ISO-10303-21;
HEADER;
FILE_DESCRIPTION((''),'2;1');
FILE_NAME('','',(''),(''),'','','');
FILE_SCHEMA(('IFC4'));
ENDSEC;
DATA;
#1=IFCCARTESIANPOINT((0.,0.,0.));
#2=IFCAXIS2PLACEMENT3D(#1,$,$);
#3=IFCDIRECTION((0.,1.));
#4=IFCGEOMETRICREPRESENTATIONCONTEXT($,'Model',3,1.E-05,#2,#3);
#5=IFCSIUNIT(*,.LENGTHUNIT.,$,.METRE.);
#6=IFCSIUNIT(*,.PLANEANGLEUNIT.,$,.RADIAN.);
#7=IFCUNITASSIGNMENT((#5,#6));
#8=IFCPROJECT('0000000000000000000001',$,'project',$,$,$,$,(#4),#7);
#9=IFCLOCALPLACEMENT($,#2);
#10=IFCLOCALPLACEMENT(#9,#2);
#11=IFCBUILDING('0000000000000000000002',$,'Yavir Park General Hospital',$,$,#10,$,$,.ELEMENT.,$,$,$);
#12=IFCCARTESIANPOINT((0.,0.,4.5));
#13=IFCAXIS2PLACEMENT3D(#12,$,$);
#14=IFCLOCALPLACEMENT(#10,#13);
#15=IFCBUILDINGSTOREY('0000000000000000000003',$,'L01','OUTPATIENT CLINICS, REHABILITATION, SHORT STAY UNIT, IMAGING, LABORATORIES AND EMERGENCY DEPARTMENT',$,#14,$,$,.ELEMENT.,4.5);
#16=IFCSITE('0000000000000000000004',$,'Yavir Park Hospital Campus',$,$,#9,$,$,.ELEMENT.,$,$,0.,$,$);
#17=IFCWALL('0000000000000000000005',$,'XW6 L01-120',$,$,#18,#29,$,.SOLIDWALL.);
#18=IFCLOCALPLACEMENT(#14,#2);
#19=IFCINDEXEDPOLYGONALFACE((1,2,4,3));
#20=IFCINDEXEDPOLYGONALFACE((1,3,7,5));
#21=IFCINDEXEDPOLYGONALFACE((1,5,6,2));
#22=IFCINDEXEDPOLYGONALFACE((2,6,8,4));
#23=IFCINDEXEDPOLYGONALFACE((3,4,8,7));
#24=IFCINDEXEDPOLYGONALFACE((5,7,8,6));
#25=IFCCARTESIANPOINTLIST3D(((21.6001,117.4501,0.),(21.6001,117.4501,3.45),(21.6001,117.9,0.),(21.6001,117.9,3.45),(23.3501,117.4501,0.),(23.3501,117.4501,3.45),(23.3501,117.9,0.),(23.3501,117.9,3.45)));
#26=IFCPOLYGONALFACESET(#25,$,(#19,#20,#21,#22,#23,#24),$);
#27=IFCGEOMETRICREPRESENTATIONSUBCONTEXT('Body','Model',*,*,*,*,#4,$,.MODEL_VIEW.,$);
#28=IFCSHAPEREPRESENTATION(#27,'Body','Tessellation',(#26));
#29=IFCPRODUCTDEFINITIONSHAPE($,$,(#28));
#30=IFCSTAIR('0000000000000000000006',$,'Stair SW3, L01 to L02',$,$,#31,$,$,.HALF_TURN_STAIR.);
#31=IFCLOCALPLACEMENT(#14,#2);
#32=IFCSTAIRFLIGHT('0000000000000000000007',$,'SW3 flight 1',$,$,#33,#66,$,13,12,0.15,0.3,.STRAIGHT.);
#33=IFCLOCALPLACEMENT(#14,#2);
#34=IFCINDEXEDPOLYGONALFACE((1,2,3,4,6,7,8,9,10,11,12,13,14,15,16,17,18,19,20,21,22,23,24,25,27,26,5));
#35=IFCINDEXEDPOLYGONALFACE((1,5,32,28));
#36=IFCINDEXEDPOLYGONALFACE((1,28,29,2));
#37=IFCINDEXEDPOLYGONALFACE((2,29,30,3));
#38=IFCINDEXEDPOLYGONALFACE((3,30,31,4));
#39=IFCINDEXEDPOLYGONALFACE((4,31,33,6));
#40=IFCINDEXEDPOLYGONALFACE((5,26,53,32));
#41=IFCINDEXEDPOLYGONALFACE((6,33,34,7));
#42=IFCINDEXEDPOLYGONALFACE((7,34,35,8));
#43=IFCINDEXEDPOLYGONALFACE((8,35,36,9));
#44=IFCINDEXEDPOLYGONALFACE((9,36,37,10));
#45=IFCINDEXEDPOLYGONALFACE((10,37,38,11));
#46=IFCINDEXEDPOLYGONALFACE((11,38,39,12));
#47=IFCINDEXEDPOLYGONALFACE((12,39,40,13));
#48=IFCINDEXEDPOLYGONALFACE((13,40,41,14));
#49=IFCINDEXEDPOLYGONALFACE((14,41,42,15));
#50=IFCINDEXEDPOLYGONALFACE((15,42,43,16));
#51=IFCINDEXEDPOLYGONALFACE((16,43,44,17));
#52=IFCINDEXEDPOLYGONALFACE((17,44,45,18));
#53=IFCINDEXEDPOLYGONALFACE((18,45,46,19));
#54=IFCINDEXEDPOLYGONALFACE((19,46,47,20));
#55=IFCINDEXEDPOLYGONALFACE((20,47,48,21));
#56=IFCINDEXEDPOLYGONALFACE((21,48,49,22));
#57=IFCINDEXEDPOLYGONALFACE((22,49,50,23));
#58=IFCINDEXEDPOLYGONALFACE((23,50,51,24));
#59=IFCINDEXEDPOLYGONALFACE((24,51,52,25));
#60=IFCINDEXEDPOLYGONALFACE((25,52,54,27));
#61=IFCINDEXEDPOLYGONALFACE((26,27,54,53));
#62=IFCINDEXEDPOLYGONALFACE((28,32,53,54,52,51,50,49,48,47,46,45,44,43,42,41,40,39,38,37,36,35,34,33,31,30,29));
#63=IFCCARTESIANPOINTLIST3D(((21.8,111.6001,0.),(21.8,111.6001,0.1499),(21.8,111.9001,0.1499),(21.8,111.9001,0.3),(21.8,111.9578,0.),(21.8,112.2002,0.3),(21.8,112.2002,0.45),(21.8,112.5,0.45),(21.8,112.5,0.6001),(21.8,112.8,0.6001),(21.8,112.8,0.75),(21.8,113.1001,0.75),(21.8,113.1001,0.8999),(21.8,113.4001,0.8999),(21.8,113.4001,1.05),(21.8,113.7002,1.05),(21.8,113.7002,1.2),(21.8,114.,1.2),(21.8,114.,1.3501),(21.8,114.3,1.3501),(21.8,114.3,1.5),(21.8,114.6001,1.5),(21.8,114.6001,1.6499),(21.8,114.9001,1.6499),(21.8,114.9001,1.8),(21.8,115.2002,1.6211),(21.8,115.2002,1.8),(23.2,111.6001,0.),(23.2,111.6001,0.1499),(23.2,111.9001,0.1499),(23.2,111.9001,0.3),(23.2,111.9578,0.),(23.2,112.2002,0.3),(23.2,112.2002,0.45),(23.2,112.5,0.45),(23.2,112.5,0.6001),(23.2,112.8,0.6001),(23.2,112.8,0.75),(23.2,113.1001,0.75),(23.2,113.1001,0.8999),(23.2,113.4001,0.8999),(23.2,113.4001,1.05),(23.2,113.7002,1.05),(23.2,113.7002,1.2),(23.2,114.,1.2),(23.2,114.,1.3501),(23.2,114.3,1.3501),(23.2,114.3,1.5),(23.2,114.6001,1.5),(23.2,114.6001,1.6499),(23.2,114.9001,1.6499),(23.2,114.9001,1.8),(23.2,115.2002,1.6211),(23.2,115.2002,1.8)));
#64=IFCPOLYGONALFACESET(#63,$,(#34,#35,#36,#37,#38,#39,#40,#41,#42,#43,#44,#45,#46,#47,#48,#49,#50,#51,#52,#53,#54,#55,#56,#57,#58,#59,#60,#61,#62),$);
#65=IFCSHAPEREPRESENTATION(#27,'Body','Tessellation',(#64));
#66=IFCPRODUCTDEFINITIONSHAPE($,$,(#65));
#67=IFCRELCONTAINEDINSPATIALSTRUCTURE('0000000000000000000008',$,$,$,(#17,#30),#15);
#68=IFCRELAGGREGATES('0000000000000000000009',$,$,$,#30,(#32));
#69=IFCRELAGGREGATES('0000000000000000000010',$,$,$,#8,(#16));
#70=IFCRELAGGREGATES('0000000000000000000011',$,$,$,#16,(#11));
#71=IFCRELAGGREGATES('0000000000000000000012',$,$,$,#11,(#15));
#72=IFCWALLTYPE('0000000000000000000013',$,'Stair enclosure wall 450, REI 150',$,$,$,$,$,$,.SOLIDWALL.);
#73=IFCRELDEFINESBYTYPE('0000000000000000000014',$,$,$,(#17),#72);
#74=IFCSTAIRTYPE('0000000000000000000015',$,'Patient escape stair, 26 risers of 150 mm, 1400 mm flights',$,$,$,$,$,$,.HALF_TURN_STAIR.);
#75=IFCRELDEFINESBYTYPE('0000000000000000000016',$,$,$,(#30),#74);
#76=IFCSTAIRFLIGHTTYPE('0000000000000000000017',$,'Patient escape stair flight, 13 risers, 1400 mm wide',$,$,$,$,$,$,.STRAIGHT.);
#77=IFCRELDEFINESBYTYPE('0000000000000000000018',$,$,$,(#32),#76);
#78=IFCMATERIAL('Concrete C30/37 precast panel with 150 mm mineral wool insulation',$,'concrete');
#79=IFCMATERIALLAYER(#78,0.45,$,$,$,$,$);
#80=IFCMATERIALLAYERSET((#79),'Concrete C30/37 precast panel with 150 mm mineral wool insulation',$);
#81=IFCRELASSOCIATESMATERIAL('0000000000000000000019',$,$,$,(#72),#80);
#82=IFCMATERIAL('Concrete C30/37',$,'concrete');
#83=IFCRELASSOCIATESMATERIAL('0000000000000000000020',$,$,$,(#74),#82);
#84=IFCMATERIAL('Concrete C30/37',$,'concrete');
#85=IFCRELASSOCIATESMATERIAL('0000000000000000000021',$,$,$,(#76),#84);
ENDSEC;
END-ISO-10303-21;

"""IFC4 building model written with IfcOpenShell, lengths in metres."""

from ifc_helpers import new_model, si_unit, direction, frame, frame_2d, origin, place, context, subcontext, project, spatial, polyline, rectangle, outline, extrude, material, layer, layer_set, type_object, element, aggregate, save


model = new_model("IFC4")

# Units and contexts
model_context = context("Model", 3, precision=1e-05, world=origin(), true_north=direction((0.0, 1.0)))
body_context = subcontext(model_context, "Body", "Model", "MODEL_VIEW")
ifc_project = project(units=[si_unit("LENGTHUNIT", "METRE"), si_unit("PLANEANGLEUNIT", "RADIAN")], contexts=[model_context])

# Site, building, storey
site_placement = place(None, origin())
site = spatial("IfcSite", under=ifc_project, at=site_placement, Name="Yavir Park Hospital Campus", CompositionType="ELEMENT", RefElevation=0.0)
building_placement = place(site_placement, origin())
building = spatial("IfcBuilding", under=site, at=building_placement, Name="Yavir Park General Hospital", CompositionType="ELEMENT")
storey_placement = place(building_placement, frame((0.0, 0.0, 4.5)))
storey = spatial("IfcBuildingStorey", under=building, at=storey_placement, Name="L01", Description="OUTPATIENT CLINICS, REHABILITATION, SHORT STAY UNIT, IMAGING, LABORATORIES AND EMERGENCY DEPARTMENT", CompositionType="ELEMENT", Elevation=4.5)

# Wall
ifc_material_1 = material(Name="Concrete C30/37 precast panel with 150 mm mineral wool insulation", Category="concrete")
ifc_layer_1 = layer(ifc_material_1, 0.45)
ifc_layer_set_1 = layer_set([ifc_layer_1], Name="Concrete C30/37 precast panel with 150 mm mineral wool insulation")
wall_type_1 = type_object("IfcWallType", Name="Stair enclosure wall 450, REI 150", PredefinedType="SOLIDWALL", material=ifc_layer_set_1)
wall_1_placement = place(storey_placement, frame((21.6001, 117.675, 0.0), z_axis=(0.0, 0.0, 1.0), x_axis=(1.0, 0.0, 0.0)))
element("IfcWall", 1, at=wall_1_placement, inside=storey, type_object=wall_type_1, Name="XW6 L01-120", PredefinedType="SOLIDWALL", context=body_context, shape_type="SweptSolid", body=[
    extrude(rectangle(XDim=1.75, YDim=0.45, at=frame_2d((0.875, 0.0))), origin(), (0.0, 0.0, 1.0), 3.45),
])

# Stair, stair flight
ifc_material_2 = material(Name="Concrete C30/37", Category="concrete")
stair_type = type_object("IfcStairType", Name="Patient escape stair, 26 risers of 150 mm, 1400 mm flights", PredefinedType="HALF_TURN_STAIR", material=ifc_material_2)
stair_placement = place(storey_placement, origin())
stair = element("IfcStair", 2, at=stair_placement, inside=storey, type_object=stair_type, Name="Stair SW3, L01 to L02", PredefinedType="HALF_TURN_STAIR")
ifc_material_3 = material(Name="Concrete C30/37", Category="concrete")
stair_flight_type = type_object("IfcStairFlightType", Name="Patient escape stair flight, 13 risers, 1400 mm wide", PredefinedType="STRAIGHT", material=ifc_material_3)
stair_flight_placement = place(storey_placement, frame((22.5, 111.6001, 0.0), z_axis=(0.0, 0.0, 1.0), x_axis=(0.0, 1.0, 0.0)))
stair_flight = element("IfcStairFlight", 3, at=stair_flight_placement, type_object=stair_flight_type, Name="SW3 flight 1", NumberOfRisers=13, NumberOfTreads=12, PredefinedType="STRAIGHT", RiserHeight=0.15, TreadLength=0.3, context=body_context, shape_type="SweptSolid", body=[
    extrude(outline(polyline([(0.0, 0.0), (0.0, 0.1499), (0.3, 0.1499), (0.3, 0.3), (0.6001, 0.3), (0.6001, 0.45), (0.8999, 0.45), (0.8999, 0.6001), (1.2, 0.6001), (1.2, 0.75), (1.5, 0.75), (1.5, 0.8999), (1.8, 0.8999), (1.8, 1.05), (2.1001, 1.05), (2.1001, 1.2), (2.3999, 1.2), (2.3999, 1.3501), (2.7, 1.3501), (2.7, 1.5), (3.0, 1.5), (3.0, 1.6499), (3.3, 1.6499), (3.3, 1.8), (3.6001, 1.8), (3.6001, 1.95), (3.6001, 1.6211), (0.3577, 0.0), (0.0, 0.0)])), frame((0.0, 0.7, 0.0), z_axis=(0.0, -1.0, 0.0), x_axis=(1.0, 0.0, 0.0)), (0.0, 0.0, 1.0), 1.3999),
])
aggregate(stair, [stair_flight])

save(model, "model.ifc")
